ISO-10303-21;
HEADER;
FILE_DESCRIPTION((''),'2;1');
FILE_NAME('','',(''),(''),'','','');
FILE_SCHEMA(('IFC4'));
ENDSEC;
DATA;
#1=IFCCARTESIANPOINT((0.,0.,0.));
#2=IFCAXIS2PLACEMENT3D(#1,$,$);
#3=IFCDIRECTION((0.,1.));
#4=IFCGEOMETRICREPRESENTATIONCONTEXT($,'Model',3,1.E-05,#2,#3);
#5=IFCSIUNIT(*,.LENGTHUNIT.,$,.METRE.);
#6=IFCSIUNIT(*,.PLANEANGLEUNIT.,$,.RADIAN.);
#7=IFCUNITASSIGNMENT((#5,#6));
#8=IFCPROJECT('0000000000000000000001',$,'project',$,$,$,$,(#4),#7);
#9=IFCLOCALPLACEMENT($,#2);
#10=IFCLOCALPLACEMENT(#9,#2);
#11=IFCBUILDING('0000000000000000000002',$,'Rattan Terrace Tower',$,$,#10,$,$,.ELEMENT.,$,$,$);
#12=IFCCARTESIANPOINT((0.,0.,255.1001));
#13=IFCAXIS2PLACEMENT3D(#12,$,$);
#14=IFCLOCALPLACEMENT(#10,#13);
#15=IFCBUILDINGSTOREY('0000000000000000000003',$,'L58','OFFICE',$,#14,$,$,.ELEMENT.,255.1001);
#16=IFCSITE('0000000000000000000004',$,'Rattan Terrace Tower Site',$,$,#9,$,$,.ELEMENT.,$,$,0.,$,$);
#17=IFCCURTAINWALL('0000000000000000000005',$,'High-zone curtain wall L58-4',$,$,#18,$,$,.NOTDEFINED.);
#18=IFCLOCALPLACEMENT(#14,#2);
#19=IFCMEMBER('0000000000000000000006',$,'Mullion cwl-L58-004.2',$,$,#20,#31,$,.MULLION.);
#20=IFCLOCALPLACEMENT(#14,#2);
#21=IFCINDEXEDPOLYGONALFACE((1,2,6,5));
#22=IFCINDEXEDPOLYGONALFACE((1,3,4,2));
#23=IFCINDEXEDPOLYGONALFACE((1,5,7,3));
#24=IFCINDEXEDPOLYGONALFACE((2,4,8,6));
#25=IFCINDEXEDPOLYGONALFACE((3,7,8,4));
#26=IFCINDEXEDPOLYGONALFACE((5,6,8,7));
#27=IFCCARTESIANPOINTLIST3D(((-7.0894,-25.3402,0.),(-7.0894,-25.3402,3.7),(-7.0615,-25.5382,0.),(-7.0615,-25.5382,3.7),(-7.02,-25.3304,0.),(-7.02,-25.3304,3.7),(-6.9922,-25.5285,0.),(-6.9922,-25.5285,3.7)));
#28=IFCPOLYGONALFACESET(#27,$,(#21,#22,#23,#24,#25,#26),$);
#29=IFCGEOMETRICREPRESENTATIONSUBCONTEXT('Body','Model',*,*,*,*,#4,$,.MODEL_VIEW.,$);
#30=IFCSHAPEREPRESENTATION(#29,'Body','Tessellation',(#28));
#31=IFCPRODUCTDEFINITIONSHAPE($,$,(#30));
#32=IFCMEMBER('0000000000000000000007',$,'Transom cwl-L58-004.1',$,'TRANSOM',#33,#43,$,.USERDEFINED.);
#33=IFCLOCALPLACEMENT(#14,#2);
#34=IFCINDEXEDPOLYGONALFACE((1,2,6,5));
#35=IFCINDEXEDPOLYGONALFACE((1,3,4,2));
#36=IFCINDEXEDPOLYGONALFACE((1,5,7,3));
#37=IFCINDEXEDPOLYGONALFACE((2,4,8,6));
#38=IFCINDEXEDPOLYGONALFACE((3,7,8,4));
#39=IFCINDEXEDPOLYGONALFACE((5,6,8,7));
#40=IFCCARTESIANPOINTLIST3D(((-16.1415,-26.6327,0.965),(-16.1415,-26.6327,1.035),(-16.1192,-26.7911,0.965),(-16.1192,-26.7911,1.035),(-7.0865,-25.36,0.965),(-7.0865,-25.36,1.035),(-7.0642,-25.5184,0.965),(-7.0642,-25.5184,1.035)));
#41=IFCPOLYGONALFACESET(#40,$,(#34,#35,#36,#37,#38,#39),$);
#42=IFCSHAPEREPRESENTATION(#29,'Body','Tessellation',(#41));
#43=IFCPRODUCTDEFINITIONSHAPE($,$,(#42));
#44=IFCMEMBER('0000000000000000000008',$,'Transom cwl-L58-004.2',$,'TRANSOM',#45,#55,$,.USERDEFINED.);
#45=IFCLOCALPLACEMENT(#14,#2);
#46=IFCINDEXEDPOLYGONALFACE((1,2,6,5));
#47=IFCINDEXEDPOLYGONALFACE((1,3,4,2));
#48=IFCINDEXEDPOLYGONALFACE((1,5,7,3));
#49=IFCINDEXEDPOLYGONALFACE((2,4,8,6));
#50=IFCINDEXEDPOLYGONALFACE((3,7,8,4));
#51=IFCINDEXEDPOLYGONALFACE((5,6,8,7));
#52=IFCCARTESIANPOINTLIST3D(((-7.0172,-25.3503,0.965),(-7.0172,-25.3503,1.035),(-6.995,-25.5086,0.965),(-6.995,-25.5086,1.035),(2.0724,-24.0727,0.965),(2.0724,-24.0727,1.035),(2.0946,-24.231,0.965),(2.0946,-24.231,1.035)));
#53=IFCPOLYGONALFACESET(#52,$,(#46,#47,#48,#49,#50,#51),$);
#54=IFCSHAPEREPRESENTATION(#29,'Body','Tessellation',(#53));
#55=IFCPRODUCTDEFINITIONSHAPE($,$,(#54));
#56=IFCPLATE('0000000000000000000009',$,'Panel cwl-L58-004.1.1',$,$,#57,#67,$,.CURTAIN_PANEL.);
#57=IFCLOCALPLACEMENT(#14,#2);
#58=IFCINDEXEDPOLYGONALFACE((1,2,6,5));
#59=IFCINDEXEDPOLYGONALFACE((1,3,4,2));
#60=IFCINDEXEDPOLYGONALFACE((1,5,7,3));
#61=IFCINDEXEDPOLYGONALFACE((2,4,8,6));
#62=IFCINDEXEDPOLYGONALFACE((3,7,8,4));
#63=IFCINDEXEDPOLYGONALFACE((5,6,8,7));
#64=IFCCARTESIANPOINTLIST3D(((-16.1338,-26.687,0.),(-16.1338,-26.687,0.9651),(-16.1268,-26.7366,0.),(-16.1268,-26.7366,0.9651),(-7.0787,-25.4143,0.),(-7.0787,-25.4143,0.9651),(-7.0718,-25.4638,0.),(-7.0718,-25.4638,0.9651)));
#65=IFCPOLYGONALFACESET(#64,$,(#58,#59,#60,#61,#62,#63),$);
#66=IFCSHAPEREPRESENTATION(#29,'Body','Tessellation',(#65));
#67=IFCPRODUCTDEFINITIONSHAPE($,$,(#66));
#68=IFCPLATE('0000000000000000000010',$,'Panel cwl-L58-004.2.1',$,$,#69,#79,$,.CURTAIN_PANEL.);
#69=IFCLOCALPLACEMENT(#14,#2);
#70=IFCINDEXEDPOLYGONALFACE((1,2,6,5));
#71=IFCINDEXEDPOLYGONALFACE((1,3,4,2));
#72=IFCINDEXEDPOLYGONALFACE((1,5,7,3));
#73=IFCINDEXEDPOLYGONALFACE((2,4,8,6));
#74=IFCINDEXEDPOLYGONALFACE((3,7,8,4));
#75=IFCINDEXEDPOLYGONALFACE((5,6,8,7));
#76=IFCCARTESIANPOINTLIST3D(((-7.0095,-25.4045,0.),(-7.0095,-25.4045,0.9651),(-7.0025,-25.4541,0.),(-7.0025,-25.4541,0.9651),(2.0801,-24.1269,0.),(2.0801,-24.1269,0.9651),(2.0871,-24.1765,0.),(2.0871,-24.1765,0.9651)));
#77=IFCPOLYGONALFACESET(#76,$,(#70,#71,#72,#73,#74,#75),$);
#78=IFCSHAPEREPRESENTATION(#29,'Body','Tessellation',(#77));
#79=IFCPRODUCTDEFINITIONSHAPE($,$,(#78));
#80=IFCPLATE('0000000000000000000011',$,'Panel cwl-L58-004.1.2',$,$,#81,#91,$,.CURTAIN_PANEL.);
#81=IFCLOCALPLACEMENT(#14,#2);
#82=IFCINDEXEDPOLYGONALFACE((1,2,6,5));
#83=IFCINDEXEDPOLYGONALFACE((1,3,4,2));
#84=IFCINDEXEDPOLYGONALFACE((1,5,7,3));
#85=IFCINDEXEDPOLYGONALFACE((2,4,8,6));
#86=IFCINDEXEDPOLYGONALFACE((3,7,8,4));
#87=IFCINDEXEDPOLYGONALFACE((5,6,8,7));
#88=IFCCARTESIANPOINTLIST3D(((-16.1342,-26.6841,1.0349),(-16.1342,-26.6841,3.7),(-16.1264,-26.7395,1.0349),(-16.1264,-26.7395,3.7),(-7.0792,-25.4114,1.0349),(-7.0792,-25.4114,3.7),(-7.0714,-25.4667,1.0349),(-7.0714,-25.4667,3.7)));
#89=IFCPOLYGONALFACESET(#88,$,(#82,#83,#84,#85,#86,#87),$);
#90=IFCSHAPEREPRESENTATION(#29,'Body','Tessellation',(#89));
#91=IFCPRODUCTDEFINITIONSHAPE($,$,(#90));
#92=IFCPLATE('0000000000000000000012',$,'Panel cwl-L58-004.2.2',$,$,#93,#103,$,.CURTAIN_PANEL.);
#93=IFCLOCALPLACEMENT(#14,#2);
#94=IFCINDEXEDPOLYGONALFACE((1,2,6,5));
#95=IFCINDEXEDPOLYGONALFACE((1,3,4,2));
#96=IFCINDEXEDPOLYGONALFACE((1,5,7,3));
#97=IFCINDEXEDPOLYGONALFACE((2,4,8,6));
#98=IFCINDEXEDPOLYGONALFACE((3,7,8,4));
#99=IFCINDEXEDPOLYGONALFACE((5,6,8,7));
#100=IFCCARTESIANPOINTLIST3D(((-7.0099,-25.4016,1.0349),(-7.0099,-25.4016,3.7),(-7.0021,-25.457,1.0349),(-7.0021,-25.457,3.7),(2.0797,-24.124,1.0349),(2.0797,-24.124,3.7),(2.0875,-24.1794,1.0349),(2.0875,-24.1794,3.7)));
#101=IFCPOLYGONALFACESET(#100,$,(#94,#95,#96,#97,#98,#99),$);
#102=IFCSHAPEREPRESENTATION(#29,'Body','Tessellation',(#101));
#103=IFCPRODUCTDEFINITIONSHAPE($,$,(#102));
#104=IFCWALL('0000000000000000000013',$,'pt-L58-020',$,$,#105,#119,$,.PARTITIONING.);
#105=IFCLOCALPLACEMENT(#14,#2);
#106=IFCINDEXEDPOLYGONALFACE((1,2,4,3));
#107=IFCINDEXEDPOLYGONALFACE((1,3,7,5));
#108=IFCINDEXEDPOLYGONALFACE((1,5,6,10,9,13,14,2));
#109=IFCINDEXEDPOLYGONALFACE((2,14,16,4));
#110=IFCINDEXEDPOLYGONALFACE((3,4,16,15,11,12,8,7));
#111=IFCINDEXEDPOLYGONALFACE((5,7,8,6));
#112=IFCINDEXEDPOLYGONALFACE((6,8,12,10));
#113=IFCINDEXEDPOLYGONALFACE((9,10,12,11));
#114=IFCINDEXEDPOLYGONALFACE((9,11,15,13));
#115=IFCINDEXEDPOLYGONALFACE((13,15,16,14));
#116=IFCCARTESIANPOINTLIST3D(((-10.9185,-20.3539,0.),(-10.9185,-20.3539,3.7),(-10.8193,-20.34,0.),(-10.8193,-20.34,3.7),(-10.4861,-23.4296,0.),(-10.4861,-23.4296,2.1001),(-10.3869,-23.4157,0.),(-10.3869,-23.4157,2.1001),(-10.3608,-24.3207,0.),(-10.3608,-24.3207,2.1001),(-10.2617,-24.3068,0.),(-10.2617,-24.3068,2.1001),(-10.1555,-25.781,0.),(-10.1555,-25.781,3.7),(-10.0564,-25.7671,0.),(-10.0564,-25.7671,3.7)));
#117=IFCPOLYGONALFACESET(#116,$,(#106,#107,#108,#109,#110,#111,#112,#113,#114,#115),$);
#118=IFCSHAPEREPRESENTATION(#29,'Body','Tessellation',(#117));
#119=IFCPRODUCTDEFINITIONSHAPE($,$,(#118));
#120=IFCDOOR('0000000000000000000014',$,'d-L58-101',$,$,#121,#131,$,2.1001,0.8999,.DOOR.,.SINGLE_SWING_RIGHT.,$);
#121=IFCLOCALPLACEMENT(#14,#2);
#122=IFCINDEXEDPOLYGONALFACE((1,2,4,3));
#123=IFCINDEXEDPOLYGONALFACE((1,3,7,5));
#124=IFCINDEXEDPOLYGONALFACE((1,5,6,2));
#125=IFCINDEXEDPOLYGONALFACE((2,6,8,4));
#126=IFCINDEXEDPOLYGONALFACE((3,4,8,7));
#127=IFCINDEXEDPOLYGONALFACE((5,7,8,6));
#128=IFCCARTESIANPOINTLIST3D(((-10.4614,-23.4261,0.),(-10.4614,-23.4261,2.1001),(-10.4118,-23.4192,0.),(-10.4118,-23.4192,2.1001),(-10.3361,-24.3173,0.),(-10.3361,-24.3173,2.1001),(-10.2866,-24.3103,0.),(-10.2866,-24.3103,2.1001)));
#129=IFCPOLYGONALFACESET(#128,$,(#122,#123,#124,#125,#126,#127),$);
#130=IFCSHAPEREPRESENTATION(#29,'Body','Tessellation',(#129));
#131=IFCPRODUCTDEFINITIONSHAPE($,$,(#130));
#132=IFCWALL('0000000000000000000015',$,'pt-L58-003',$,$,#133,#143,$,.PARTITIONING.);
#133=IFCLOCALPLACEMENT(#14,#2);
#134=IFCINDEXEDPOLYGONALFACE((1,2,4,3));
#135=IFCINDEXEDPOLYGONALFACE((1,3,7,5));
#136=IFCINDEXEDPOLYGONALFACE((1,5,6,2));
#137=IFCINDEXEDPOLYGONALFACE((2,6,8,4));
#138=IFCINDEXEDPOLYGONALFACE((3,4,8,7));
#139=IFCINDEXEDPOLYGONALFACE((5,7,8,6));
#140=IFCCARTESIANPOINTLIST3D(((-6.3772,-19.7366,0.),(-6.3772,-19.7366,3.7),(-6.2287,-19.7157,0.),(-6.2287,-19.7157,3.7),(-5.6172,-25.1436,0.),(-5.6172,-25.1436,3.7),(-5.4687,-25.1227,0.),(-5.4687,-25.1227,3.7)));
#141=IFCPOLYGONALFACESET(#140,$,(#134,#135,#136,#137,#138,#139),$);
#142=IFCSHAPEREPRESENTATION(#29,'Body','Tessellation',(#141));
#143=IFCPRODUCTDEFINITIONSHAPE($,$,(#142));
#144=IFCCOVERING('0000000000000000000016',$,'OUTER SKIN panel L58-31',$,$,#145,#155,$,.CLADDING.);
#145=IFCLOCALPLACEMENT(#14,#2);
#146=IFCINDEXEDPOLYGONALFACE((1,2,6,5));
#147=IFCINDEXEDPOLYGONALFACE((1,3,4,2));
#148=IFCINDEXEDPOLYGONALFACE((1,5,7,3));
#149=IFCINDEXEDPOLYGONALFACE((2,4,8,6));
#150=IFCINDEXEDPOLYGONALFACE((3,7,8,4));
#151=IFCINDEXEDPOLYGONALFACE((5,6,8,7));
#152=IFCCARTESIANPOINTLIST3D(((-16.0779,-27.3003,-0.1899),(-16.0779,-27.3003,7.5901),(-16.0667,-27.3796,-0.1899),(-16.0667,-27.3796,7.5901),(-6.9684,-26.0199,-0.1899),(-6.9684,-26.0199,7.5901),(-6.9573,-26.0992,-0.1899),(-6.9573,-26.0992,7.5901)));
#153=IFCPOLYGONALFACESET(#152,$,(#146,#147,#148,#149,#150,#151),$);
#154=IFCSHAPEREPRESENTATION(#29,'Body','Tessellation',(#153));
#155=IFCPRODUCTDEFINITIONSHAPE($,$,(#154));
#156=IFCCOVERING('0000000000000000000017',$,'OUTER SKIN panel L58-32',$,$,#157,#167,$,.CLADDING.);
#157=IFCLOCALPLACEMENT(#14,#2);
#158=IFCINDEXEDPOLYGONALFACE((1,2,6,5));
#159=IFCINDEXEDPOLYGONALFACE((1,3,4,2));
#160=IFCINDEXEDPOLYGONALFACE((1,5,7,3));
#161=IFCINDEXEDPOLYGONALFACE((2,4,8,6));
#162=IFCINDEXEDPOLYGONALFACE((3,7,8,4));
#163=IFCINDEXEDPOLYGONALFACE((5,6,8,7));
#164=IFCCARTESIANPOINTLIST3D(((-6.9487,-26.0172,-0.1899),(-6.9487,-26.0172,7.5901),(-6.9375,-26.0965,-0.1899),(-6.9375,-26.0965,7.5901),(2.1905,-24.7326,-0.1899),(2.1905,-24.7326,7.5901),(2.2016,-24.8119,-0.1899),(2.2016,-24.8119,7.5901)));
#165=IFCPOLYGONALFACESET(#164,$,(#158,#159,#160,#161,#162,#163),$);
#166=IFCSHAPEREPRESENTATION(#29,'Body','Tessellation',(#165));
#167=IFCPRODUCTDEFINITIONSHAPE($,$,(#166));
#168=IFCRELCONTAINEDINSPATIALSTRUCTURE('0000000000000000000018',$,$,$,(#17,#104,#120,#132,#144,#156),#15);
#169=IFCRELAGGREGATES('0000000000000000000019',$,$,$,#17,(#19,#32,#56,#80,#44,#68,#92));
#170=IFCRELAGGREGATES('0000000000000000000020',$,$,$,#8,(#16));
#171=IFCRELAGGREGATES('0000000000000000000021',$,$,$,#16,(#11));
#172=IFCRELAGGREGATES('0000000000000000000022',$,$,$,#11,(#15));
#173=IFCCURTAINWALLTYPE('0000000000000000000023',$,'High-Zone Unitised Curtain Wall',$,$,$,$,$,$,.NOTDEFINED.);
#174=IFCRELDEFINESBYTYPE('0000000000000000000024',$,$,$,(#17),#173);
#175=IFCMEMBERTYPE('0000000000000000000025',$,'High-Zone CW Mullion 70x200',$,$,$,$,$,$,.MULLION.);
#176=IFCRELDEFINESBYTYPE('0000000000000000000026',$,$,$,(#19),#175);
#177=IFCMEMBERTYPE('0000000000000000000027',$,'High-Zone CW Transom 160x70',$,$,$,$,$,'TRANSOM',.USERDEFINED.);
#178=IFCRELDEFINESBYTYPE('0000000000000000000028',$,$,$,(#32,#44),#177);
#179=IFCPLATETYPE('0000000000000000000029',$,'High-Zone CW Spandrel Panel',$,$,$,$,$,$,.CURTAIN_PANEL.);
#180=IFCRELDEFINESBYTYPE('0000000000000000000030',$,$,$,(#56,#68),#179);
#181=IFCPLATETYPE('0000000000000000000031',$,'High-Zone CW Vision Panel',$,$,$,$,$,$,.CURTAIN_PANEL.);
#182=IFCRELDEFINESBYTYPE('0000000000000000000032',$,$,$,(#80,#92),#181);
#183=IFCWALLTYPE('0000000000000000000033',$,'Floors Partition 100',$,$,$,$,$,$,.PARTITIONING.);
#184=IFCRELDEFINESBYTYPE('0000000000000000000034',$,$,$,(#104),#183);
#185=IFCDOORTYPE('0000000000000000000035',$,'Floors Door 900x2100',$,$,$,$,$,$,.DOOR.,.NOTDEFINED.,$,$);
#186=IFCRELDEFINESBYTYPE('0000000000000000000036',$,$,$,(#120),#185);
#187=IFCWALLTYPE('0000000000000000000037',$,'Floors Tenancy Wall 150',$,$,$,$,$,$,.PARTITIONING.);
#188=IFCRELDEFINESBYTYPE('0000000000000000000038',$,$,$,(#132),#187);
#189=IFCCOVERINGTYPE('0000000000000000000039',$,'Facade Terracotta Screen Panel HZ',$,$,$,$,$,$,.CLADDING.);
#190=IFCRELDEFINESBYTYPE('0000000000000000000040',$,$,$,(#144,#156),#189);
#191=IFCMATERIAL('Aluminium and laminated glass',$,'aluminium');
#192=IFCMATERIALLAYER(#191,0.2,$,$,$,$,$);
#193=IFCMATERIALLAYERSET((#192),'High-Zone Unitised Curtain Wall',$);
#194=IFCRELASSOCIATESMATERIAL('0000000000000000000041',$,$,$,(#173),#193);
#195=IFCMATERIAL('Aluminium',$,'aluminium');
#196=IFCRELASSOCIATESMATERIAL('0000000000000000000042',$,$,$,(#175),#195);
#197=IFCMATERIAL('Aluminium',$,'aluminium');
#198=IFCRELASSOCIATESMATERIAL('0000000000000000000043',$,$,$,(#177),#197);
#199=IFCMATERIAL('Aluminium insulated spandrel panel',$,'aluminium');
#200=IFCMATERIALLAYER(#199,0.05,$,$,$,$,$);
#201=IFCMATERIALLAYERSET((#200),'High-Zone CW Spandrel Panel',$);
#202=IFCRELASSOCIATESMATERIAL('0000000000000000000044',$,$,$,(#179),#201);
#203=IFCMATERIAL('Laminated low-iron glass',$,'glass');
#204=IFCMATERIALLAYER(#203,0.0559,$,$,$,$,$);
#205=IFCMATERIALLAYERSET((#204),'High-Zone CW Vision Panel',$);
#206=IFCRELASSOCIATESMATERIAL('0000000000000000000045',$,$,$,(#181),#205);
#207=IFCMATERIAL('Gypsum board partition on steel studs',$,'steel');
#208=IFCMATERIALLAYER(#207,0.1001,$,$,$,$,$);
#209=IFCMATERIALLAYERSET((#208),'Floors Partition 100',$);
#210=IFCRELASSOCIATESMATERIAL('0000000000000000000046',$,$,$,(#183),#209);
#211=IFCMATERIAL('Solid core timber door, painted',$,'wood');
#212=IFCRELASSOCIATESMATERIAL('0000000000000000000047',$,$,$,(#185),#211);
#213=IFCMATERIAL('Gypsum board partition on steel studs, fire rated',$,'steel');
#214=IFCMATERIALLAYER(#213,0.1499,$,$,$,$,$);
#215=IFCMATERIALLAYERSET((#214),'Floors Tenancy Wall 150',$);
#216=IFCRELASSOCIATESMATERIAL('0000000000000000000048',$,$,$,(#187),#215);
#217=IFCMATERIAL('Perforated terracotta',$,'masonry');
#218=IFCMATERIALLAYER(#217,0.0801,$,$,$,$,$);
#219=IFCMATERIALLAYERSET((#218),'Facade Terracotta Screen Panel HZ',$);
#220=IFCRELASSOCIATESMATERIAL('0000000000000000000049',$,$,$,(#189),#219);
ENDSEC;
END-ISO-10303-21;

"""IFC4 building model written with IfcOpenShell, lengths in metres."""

from ifc_helpers import new_model, si_unit, direction, frame, frame_2d, origin, origin_2d, place, context, subcontext, project, spatial, rectangle, extrude, material, layer, layer_set, material_profile, profile_set, type_object, element, fill, aggregate, save


model = new_model("IFC4")

# Units and contexts
model_context = context("Model", 3, precision=1e-05, world=origin(), true_north=direction((0.0, 1.0)))
body_context = subcontext(model_context, "Body", "Model", "MODEL_VIEW")
ifc_project = project(units=[si_unit("LENGTHUNIT", "METRE"), si_unit("PLANEANGLEUNIT", "RADIAN")], contexts=[model_context])

# Site, building, storey
site_placement = place(None, origin())
site = spatial("IfcSite", under=ifc_project, at=site_placement, Name="Rattan Terrace Tower Site", CompositionType="ELEMENT", RefElevation=0.0)
building_placement = place(site_placement, origin())
building = spatial("IfcBuilding", under=site, at=building_placement, Name="Rattan Terrace Tower", CompositionType="ELEMENT")
storey_placement = place(building_placement, frame((0.0, 0.0, 255.1001)))
storey = spatial("IfcBuildingStorey", under=building, at=storey_placement, Name="L58", Description="OFFICE", CompositionType="ELEMENT", Elevation=255.1001)

# Curtain wall, members, plates
ifc_material_1 = material(Name="Aluminium and laminated glass", Category="aluminium")
ifc_layer_1 = layer(ifc_material_1, 0.2)
ifc_layer_set_1 = layer_set([ifc_layer_1], Name="High-Zone Unitised Curtain Wall")
curtain_wall_type = type_object("IfcCurtainWallType", Name="High-Zone Unitised Curtain Wall", PredefinedType="NOTDEFINED", material=ifc_layer_set_1)
curtain_wall_placement = place(storey_placement, origin())
curtain_wall = element("IfcCurtainWall", 1, at=curtain_wall_placement, inside=storey, type_object=curtain_wall_type, Name="High-zone curtain wall L58-4", PredefinedType="NOTDEFINED")
ifc_material_2 = material(Name="Aluminium", Category="aluminium")
ifc_material_profile_1 = material_profile(ifc_material_2, rectangle(XDim=0.0701, YDim=0.2, at=origin_2d()), Name="Aluminium 70x200")
ifc_profile_set_1 = profile_set([ifc_material_profile_1], Name="Aluminium")
member_type_1 = type_object("IfcMemberType", Name="High-Zone CW Mullion 70x200", PredefinedType="MULLION", material=ifc_profile_set_1)
member_1_placement = place(storey_placement, frame((-7.0408, -25.4343, 0.0), z_axis=(0.0, 0.0, 1.0), x_axis=(0.990266, 0.139189, 0.0)))
member_1 = element("IfcMember", 2, at=member_1_placement, type_object=member_type_1, Name="Mullion cwl-L58-004.2", PredefinedType="MULLION", context=body_context, shape_type="SweptSolid", body=[
    extrude(rectangle(XDim=0.0701, YDim=0.2, at=origin_2d()), origin(), (0.0, 0.0, 1.0), 3.7),
])
ifc_material_3 = material(Name="Aluminium", Category="aluminium")
ifc_material_profile_2 = material_profile(ifc_material_3, rectangle(XDim=0.1599, YDim=0.0701, at=origin_2d()), Name="Aluminium 160x70")
ifc_profile_set_2 = profile_set([ifc_material_profile_2], Name="Aluminium")
member_type_2 = type_object("IfcMemberType", Name="High-Zone CW Transom 160x70", ElementType="TRANSOM", PredefinedType="USERDEFINED", material=ifc_profile_set_2)
member_2_placement = place(storey_placement, frame((-16.1304, -26.7119, 1.0), z_axis=(0.990266, 0.139186, 0.0), x_axis=(-0.139186, 0.990266, 0.0)))
member_2 = element("IfcMember", 3, at=member_2_placement, type_object=member_type_2, Name="Transom cwl-L58-004.1", ObjectType="TRANSOM", PredefinedType="USERDEFINED", context=body_context, shape_type="SweptSolid", body=[
    extrude(rectangle(XDim=0.1599, YDim=0.0701, at=origin_2d()), origin(), (0.0, 0.0, 1.0), 9.144),
])
member_3_placement = place(storey_placement, frame((-7.0061, -25.4294, 1.0), z_axis=(0.990266, 0.139187, 0.0), x_axis=(-0.139187, 0.990266, 0.0)))
member_3 = element("IfcMember", 4, at=member_3_placement, type_object=member_type_2, Name="Transom cwl-L58-004.2", ObjectType="TRANSOM", PredefinedType="USERDEFINED", context=body_context, shape_type="SweptSolid", body=[
    extrude(rectangle(XDim=0.1599, YDim=0.0701, at=origin_2d()), origin(), (0.0, 0.0, 1.0), 9.179),
])
ifc_material_4 = material(Name="Aluminium insulated spandrel panel", Category="aluminium")
ifc_layer_2 = layer(ifc_material_4, 0.05)
ifc_layer_set_2 = layer_set([ifc_layer_2], Name="High-Zone CW Spandrel Panel")
plate_type_1 = type_object("IfcPlateType", Name="High-Zone CW Spandrel Panel", PredefinedType="CURTAIN_PANEL", material=ifc_layer_set_2)
plate_1_placement = place(storey_placement, frame((-11.6028, -26.0754, 0.0), z_axis=(0.0, 0.0, 1.0), x_axis=(0.990266, 0.139189, 0.0)))
plate_1 = element("IfcPlate", 5, at=plate_1_placement, type_object=plate_type_1, Name="Panel cwl-L58-004.1.1", PredefinedType="CURTAIN_PANEL", context=body_context, shape_type="SweptSolid", body=[
    extrude(rectangle(XDim=9.144, YDim=0.05, at=origin_2d()), origin(), (0.0, 0.0, 1.0), 0.9651),
])
plate_2_placement = place(storey_placement, frame((-2.4612, -24.7905, 0.0), z_axis=(0.0, 0.0, 1.0), x_axis=(0.990266, 0.139189, 0.0)))
plate_2 = element("IfcPlate", 6, at=plate_2_placement, type_object=plate_type_1, Name="Panel cwl-L58-004.2.1", PredefinedType="CURTAIN_PANEL", context=body_context, shape_type="SweptSolid", body=[
    extrude(rectangle(XDim=9.179, YDim=0.05, at=origin_2d()), origin(), (0.0, 0.0, 1.0), 0.9651),
])
ifc_material_5 = material(Name="Laminated low-iron glass", Category="glass")
ifc_layer_3 = layer(ifc_material_5, 0.0559)
ifc_layer_set_3 = layer_set([ifc_layer_3], Name="High-Zone CW Vision Panel")
plate_type_2 = type_object("IfcPlateType", Name="High-Zone CW Vision Panel", PredefinedType="CURTAIN_PANEL", material=ifc_layer_set_3)
plate_3_placement = place(storey_placement, frame((-11.6028, -26.0754, 1.0349), z_axis=(0.0, 0.0, 1.0), x_axis=(0.990266, 0.139189, 0.0)))
plate_3 = element("IfcPlate", 7, at=plate_3_placement, type_object=plate_type_2, Name="Panel cwl-L58-004.1.2", PredefinedType="CURTAIN_PANEL", context=body_context, shape_type="SweptSolid", body=[
    extrude(rectangle(XDim=9.144, YDim=0.0559, at=origin_2d()), origin(), (0.0, 0.0, 1.0), 2.665),
])
plate_4_placement = place(storey_placement, frame((-2.4612, -24.7905, 1.0349), z_axis=(0.0, 0.0, 1.0), x_axis=(0.990266, 0.139189, 0.0)))
plate_4 = element("IfcPlate", 8, at=plate_4_placement, type_object=plate_type_2, Name="Panel cwl-L58-004.2.2", PredefinedType="CURTAIN_PANEL", context=body_context, shape_type="SweptSolid", body=[
    extrude(rectangle(XDim=9.179, YDim=0.0559, at=origin_2d()), origin(), (0.0, 0.0, 1.0), 2.665),
])
aggregate(curtain_wall, [member_1, member_2, plate_1, plate_3, member_3, plate_2, plate_4])

# Wall, opening, door
ifc_material_6 = material(Name="Gypsum board partition on steel studs", Category="steel")
ifc_layer_4 = layer(ifc_material_6, 0.1001)
ifc_layer_set_4 = layer_set([ifc_layer_4], Name="Floors Partition 100")
wall_type_1 = type_object("IfcWallType", Name="Floors Partition 100", PredefinedType="PARTITIONING", material=ifc_layer_set_4)
wall_1_placement = place(storey_placement, frame((-10.8689, -20.3469, 0.0), z_axis=(0.0, 0.0, 1.0), x_axis=(0.139213, -0.990262, 0.0)))
wall_1 = element("IfcWall", 9, at=wall_1_placement, inside=storey, type_object=wall_type_1, Name="pt-L58-020", PredefinedType="PARTITIONING", context=body_context, shape_type="SweptSolid", body=[
    extrude(rectangle(XDim=5.4805, YDim=0.1001, at=frame_2d((2.7402, 0.0))), origin(), (0.0, 0.0, 1.0), 3.7),
])
opening_placement = place(wall_1_placement, frame((3.106, 0.0, 0.0)))
opening = element("IfcOpeningElement", 10, at=opening_placement, cuts=wall_1, PredefinedType="OPENING", context=body_context, shape_type="SweptSolid", body=[
    extrude(rectangle(XDim=0.8999, YDim=2.1001, at=frame_2d((0.45, 1.05))), frame((0.0, 0.0605, 0.0), z_axis=(0.0, -1.0, 0.0), x_axis=(1.0, 0.0, 0.0)), (0.0, 0.0, 1.0), 0.1211),
])
ifc_material_7 = material(Name="Solid core timber door, painted", Category="wood")
door_type = type_object("IfcDoorType", Name="Floors Door 900x2100", OperationType="NOTDEFINED", PredefinedType="DOOR", material=ifc_material_7)
door_placement = place(opening_placement, origin())
door = element("IfcDoor", 11, at=door_placement, inside=storey, type_object=door_type, Name="d-L58-101", OperationType="SINGLE_SWING_RIGHT", OverallHeight=2.1001, OverallWidth=0.8999, PredefinedType="DOOR", context=body_context, shape_type="SweptSolid", body=[
    extrude(rectangle(XDim=0.8999, YDim=2.1001, at=frame_2d((0.45, 1.05))), frame((0.0, 0.0249, 0.0), z_axis=(0.0, -1.0, 0.0), x_axis=(1.0, 0.0, 0.0)), (0.0, 0.0, 1.0), 0.05),
])
fill(opening, door)

# Wall
ifc_material_8 = material(Name="Gypsum board partition on steel studs, fire rated", Category="steel")
ifc_layer_5 = layer(ifc_material_8, 0.1499)
ifc_layer_set_5 = layer_set([ifc_layer_5], Name="Floors Tenancy Wall 150")
wall_type_2 = type_object("IfcWallType", Name="Floors Tenancy Wall 150", PredefinedType="PARTITIONING", material=ifc_layer_set_5)
wall_2_placement = place(storey_placement, frame((-5.543, -25.1331, 0.0), z_axis=(0.0, 0.0, 1.0), x_axis=(-0.139192, 0.990265, 0.0)))
element("IfcWall", 12, at=wall_2_placement, inside=storey, type_object=wall_type_2, Name="pt-L58-003", PredefinedType="PARTITIONING", context=body_context, shape_type="SweptSolid", body=[
    extrude(rectangle(XDim=5.4602, YDim=0.1499, at=frame_2d((2.73, 0.0))), origin(), (0.0, 0.0, 1.0), 3.7),
])

# Coverings
ifc_material_9 = material(Name="Perforated terracotta", Category="masonry")
ifc_layer_6 = layer(ifc_material_9, 0.0801)
ifc_layer_set_6 = layer_set([ifc_layer_6], Name="Facade Terracotta Screen Panel HZ")
covering_type = type_object("IfcCoveringType", Name="Facade Terracotta Screen Panel HZ", PredefinedType="CLADDING", material=ifc_layer_set_6)
covering_1_placement = place(storey_placement, frame((-11.5176, -26.6997, -0.1899), z_axis=(0.0, 0.0, 1.0), x_axis=(0.990266, 0.139189, 0.0)))
element("IfcCovering", 13, at=covering_1_placement, inside=storey, type_object=covering_type, Name="OUTER SKIN panel L58-31", PredefinedType="CLADDING", context=body_context, shape_type="SweptSolid", body=[
    extrude(rectangle(XDim=9.199, YDim=0.0801, at=origin_2d()), origin(), (0.0, 0.0, 1.0), 7.78),
])
covering_2_placement = place(storey_placement, frame((-2.3735, -25.4146, -0.1899), z_axis=(0.0, 0.0, 1.0), x_axis=(0.990266, 0.139189, 0.0)))
element("IfcCovering", 14, at=covering_2_placement, inside=storey, type_object=covering_type, Name="OUTER SKIN panel L58-32", PredefinedType="CLADDING", context=body_context, shape_type="SweptSolid", body=[
    extrude(rectangle(XDim=9.229, YDim=0.0801, at=origin_2d()), origin(), (0.0, 0.0, 1.0), 7.78),
])

save(model, "model.ifc")
